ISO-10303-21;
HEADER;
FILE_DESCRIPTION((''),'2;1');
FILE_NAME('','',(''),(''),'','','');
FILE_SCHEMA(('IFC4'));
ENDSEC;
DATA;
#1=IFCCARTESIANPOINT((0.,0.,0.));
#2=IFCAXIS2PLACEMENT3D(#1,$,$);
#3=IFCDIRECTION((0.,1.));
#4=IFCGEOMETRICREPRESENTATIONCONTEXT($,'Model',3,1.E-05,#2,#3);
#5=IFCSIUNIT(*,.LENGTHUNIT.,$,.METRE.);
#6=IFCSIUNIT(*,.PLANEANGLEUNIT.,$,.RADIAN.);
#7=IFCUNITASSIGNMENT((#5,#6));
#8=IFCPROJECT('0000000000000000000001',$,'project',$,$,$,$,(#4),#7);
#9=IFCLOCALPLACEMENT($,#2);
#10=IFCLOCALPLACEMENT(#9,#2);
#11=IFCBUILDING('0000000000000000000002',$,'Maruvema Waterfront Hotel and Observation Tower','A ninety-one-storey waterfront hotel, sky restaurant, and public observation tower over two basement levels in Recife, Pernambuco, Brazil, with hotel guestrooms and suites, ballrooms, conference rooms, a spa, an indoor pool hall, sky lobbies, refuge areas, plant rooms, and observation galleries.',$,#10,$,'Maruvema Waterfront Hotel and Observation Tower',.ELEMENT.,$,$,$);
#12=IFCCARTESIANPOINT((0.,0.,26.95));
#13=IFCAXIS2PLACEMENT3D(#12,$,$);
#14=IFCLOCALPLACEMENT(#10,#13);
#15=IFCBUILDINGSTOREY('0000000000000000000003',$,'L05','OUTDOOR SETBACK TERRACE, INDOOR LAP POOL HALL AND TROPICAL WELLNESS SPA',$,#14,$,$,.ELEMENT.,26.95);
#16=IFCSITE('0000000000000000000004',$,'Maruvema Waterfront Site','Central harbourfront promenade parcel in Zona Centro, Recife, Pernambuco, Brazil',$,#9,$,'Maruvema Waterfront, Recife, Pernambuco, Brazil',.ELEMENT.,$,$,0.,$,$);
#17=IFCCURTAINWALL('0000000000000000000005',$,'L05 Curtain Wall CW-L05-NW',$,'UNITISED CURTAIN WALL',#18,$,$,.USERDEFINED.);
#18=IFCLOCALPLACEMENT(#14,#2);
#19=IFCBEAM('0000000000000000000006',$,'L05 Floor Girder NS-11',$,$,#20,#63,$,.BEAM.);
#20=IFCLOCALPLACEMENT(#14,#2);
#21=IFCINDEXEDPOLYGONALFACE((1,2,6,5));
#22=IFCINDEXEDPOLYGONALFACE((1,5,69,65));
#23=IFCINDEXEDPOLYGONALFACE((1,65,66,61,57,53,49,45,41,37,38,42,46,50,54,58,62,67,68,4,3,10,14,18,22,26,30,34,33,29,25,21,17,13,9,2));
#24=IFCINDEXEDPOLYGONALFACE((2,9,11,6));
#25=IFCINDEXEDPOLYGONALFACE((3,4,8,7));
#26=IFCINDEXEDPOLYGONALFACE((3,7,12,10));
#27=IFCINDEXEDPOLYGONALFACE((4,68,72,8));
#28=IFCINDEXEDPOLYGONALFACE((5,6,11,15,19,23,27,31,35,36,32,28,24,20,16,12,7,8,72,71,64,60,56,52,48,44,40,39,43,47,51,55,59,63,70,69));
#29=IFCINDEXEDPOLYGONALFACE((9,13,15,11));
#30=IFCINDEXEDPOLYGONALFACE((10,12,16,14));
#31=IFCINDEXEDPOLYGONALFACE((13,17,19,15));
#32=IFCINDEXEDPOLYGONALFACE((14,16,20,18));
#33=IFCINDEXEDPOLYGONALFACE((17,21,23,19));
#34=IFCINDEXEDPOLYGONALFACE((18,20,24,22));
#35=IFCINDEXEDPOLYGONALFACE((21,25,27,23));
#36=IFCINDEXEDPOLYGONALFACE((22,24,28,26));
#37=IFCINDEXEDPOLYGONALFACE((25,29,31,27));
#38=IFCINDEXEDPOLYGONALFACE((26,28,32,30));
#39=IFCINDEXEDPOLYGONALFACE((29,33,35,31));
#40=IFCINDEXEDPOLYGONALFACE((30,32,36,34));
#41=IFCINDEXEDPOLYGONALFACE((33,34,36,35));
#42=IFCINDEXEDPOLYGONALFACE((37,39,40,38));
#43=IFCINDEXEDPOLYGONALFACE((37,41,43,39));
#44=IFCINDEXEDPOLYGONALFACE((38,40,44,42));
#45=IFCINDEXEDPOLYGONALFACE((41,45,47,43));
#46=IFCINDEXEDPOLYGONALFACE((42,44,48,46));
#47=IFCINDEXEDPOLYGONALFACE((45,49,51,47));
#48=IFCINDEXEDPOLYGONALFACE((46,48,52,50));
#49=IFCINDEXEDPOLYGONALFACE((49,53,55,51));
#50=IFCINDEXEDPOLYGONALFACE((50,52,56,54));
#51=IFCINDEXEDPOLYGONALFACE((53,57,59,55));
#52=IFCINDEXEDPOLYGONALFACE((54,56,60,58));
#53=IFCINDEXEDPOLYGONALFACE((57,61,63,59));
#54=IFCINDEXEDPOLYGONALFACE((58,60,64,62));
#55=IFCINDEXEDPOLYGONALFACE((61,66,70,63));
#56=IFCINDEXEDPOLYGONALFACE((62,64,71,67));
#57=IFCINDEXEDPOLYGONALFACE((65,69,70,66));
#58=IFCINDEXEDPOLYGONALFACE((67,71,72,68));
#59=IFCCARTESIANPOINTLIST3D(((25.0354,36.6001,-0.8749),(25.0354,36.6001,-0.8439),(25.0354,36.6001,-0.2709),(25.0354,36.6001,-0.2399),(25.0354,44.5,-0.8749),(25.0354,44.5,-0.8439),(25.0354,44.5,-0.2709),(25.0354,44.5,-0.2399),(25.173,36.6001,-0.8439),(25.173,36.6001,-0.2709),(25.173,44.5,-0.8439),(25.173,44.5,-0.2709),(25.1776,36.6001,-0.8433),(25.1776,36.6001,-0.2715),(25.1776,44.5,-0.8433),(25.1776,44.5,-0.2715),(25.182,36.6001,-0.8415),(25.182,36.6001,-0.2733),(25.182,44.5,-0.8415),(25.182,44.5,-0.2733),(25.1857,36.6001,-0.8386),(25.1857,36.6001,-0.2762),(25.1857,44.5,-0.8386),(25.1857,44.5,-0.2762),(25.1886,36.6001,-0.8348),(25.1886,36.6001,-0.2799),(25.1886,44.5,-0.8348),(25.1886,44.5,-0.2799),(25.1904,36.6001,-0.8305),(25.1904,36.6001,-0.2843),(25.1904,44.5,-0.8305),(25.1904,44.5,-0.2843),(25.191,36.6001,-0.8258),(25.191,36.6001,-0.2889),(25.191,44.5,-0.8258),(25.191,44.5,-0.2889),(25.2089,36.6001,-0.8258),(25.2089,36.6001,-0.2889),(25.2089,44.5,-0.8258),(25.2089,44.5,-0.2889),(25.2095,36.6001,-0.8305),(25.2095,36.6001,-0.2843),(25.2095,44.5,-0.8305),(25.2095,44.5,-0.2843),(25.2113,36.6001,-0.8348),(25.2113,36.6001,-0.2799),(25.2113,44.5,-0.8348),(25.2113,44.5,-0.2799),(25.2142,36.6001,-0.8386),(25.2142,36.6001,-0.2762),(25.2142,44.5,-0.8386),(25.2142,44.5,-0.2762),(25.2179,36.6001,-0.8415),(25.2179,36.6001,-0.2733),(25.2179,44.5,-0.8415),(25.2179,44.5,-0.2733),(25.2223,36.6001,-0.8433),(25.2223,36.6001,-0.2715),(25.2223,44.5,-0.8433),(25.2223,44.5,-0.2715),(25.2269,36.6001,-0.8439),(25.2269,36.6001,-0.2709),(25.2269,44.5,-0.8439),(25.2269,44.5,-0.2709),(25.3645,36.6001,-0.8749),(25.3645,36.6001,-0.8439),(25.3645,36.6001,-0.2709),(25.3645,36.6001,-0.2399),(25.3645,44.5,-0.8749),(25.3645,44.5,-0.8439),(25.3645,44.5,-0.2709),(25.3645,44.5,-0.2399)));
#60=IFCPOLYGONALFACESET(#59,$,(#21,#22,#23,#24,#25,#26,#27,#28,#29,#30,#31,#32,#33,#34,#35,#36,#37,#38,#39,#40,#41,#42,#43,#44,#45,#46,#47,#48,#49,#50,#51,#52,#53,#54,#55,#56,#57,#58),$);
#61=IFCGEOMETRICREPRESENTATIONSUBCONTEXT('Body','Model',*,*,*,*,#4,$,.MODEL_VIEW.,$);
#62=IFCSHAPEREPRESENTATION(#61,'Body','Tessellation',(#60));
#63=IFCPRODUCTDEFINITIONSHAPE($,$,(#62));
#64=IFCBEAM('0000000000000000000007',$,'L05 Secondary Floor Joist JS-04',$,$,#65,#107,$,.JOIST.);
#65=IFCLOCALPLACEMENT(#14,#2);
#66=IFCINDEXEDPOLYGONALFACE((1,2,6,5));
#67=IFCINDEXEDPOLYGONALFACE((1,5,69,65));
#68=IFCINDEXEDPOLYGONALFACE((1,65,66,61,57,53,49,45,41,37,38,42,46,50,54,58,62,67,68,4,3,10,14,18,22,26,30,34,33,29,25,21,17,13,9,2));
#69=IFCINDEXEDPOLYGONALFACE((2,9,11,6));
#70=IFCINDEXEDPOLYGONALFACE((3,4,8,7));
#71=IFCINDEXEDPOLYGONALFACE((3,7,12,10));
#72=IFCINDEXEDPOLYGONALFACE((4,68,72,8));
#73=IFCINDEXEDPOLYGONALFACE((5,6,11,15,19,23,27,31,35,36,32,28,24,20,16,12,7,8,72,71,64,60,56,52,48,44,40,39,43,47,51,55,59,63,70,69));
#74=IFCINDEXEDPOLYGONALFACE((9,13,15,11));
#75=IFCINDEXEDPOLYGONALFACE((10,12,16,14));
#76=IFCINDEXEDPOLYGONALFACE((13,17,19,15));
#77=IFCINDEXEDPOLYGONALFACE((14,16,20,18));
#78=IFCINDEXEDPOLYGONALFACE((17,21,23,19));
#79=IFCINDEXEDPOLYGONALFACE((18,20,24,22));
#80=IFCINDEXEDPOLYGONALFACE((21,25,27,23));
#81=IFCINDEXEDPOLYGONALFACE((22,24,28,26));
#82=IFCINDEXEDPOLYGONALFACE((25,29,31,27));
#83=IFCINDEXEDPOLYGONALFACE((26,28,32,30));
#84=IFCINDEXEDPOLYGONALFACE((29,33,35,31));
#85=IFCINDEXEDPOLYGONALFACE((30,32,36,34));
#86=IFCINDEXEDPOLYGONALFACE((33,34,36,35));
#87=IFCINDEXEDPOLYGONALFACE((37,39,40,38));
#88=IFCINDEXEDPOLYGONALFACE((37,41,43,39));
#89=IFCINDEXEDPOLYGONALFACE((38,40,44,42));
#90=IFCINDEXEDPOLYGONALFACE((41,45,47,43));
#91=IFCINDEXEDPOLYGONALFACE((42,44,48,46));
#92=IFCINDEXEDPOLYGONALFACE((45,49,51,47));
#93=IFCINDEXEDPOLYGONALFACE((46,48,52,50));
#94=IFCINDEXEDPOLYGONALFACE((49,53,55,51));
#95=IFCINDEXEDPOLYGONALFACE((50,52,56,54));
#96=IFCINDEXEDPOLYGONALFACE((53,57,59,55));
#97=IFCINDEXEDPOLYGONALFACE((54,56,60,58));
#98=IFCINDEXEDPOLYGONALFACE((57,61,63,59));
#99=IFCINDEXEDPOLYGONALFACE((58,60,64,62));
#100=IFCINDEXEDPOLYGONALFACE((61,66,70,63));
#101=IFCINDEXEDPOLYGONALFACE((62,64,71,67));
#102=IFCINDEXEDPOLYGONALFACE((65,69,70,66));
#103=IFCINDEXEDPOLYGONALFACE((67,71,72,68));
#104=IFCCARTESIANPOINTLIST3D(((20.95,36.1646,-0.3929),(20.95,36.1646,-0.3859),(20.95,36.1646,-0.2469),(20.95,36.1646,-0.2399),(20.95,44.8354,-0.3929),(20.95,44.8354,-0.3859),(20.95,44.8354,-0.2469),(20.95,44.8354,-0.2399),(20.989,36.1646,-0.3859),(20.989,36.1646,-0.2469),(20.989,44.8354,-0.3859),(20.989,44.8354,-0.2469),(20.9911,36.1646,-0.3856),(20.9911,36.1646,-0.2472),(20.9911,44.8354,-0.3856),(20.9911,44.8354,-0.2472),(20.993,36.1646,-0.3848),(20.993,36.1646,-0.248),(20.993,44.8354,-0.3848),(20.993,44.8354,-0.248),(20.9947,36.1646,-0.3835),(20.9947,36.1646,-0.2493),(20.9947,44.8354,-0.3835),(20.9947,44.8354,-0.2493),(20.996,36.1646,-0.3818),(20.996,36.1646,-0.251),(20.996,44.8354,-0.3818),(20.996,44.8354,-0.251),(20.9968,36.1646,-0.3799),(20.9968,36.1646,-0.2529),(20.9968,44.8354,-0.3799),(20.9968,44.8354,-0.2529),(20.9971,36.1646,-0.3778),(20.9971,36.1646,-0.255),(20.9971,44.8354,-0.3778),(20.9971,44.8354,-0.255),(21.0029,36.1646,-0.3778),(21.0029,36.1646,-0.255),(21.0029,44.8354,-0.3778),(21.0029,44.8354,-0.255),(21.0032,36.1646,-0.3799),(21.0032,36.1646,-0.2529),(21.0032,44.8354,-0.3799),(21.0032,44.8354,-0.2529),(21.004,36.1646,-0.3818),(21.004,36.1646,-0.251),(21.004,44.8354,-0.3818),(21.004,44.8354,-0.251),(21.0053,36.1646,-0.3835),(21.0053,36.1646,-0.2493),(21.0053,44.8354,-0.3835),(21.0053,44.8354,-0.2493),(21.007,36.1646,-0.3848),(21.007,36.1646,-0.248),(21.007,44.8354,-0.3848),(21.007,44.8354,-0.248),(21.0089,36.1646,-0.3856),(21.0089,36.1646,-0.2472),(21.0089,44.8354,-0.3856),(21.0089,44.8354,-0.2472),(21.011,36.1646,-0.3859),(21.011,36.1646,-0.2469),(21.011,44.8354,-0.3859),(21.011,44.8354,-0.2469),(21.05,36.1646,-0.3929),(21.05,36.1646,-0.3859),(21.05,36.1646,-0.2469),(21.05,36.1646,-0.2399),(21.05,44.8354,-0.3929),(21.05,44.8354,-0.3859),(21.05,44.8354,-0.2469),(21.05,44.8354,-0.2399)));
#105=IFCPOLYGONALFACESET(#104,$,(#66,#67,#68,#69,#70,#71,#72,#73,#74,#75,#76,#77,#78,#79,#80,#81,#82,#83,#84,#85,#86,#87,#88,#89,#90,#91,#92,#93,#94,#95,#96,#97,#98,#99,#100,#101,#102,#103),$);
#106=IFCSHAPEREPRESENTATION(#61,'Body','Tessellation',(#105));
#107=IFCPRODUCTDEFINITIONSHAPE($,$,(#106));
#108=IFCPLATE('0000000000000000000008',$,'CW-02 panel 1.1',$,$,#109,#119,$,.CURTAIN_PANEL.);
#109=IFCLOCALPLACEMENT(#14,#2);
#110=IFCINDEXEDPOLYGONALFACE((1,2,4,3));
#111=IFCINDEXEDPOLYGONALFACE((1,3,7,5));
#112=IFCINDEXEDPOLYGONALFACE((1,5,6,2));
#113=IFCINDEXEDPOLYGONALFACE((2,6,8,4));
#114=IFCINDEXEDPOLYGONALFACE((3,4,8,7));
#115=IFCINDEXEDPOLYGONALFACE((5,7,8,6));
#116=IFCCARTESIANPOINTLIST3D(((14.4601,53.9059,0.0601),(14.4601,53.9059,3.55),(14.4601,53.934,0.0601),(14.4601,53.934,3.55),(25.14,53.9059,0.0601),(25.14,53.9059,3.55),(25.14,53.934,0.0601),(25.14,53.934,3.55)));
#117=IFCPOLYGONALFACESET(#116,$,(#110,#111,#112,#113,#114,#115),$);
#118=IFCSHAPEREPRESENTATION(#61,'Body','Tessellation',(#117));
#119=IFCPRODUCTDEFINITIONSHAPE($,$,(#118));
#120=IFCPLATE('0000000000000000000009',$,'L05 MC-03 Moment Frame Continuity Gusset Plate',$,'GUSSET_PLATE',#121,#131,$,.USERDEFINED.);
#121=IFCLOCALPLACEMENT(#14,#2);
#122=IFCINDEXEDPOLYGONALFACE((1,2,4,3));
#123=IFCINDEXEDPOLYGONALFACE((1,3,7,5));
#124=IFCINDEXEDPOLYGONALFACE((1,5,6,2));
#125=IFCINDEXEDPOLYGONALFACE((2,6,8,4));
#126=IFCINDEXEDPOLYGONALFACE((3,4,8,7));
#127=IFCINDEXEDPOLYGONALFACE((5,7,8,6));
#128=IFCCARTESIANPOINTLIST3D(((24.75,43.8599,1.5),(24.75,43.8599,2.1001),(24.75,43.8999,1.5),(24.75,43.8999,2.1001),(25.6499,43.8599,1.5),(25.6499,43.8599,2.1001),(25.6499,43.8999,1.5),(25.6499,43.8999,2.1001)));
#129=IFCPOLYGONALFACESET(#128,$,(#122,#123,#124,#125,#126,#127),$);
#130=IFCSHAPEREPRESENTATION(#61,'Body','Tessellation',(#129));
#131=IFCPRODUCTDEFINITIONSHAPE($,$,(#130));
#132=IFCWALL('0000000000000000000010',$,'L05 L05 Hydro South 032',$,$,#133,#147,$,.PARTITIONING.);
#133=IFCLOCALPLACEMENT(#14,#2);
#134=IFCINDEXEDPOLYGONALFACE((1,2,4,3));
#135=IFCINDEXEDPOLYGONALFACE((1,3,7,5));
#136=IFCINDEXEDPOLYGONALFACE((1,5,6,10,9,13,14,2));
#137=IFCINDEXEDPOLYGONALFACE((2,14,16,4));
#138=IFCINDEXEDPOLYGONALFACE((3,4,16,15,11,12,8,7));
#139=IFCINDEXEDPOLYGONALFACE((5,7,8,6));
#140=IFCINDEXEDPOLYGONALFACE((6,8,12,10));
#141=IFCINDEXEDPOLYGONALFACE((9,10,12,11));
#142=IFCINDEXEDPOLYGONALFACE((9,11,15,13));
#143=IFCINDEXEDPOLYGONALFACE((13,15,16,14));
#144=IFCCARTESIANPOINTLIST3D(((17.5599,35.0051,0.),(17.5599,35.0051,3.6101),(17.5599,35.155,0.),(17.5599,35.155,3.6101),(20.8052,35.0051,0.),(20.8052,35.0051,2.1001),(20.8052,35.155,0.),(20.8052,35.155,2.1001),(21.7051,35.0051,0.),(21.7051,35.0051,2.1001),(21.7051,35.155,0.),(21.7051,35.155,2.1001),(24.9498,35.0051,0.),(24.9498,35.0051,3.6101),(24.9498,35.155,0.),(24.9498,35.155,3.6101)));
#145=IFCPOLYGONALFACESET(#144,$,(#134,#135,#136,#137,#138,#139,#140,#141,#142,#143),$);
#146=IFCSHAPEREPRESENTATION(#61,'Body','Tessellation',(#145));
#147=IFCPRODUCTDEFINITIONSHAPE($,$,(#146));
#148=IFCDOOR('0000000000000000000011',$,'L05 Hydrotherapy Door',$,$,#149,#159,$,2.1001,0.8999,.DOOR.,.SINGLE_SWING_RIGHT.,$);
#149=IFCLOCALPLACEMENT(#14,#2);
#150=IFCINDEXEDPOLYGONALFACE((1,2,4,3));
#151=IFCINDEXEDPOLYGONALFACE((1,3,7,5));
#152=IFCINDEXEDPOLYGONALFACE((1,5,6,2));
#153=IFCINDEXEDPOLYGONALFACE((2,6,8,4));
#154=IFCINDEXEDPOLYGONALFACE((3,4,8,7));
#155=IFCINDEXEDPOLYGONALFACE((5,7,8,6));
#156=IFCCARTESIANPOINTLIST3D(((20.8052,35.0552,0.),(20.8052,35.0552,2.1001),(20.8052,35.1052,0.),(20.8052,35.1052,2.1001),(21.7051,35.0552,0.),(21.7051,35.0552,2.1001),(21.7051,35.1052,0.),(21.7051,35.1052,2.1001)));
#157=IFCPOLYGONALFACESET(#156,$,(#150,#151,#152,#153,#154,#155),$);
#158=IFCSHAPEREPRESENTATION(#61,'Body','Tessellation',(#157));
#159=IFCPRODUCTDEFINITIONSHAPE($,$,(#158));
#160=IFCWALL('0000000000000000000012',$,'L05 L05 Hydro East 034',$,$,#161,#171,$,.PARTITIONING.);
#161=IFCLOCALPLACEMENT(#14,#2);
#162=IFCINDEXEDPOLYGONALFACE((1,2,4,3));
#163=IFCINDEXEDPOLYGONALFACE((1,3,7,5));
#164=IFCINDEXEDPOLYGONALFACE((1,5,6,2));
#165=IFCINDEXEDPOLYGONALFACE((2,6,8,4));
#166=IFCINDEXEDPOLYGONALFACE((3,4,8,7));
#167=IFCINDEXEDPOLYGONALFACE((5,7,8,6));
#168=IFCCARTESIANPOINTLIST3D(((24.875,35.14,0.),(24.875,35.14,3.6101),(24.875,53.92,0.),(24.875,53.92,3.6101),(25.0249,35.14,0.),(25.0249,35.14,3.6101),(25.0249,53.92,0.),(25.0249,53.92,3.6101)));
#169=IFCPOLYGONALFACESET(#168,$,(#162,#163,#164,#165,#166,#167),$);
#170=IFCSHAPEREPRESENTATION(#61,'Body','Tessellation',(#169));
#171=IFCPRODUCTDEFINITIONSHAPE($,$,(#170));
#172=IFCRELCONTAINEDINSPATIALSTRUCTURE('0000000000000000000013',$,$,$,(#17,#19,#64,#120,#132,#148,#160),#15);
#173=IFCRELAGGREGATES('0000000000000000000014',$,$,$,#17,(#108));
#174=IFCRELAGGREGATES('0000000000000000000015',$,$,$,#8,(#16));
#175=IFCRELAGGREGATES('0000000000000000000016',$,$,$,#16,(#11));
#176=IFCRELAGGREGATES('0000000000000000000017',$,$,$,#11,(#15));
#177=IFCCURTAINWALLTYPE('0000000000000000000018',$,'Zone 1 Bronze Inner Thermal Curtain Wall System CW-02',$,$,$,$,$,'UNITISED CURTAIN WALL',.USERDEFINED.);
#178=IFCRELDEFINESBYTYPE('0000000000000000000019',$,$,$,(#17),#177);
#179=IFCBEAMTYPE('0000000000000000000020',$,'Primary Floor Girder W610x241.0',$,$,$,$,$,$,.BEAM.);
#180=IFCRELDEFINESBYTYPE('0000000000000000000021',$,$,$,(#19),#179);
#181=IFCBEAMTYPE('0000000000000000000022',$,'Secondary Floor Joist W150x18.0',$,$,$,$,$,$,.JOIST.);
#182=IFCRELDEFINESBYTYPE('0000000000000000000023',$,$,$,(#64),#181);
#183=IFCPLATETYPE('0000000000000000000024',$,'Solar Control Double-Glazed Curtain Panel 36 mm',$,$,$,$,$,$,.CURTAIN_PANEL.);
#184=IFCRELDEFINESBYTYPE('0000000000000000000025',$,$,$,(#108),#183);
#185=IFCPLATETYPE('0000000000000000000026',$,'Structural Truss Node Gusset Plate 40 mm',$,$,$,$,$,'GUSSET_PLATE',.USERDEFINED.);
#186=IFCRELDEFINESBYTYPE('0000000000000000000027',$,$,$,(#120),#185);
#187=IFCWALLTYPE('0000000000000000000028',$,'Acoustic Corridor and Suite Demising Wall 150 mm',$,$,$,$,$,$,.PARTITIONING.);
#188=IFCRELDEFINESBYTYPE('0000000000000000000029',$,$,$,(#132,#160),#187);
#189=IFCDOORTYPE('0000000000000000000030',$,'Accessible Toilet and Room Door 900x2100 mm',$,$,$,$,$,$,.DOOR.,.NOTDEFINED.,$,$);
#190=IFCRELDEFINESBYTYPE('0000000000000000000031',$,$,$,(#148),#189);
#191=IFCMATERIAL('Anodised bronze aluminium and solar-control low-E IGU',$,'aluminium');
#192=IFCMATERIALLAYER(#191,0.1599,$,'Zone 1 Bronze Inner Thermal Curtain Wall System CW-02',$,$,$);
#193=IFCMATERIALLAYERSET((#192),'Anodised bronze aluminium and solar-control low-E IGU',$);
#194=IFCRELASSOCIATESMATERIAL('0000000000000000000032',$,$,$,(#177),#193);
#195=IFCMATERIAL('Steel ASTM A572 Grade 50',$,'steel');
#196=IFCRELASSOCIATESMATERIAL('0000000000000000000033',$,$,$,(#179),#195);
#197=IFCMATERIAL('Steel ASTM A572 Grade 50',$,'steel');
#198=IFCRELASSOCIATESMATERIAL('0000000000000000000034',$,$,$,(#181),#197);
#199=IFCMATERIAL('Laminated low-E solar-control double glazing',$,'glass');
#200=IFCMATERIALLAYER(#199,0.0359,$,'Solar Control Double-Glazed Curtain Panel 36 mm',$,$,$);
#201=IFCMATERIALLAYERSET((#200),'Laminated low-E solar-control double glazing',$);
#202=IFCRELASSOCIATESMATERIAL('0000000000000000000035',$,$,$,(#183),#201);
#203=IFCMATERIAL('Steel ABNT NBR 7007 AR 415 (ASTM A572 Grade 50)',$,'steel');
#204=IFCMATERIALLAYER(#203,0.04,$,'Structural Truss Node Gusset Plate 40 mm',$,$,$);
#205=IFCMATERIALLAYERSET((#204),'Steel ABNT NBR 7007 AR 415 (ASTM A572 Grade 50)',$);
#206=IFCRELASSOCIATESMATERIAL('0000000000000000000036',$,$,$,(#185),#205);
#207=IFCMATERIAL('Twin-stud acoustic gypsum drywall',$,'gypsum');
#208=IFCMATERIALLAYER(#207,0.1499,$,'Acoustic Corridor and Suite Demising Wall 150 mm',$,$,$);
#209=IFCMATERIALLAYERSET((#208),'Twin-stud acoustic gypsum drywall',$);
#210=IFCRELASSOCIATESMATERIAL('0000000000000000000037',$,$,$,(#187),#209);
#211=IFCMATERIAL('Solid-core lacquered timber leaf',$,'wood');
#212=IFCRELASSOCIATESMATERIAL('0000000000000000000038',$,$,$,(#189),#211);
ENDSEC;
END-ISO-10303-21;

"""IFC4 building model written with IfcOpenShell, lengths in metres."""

from ifc_helpers import new_model, si_unit, direction, frame, frame_2d, origin, origin_2d, place, context, subcontext, project, spatial, rectangle, i_section, extrude, material, layer, layer_set, material_profile, profile_set, type_object, element, fill, aggregate, save


model = new_model("IFC4")

# Units and contexts
model_context = context("Model", 3, precision=1e-05, world=origin(), true_north=direction((0.0, 1.0)))
body_context = subcontext(model_context, "Body", "Model", "MODEL_VIEW")
ifc_project = project(units=[si_unit("LENGTHUNIT", "METRE"), si_unit("PLANEANGLEUNIT", "RADIAN")], contexts=[model_context])

# Site, building, storey
site_placement = place(None, origin())
site = spatial("IfcSite", under=ifc_project, at=site_placement, Name="Maruvema Waterfront Site", Description="Central harbourfront promenade parcel in Zona Centro, Recife, Pernambuco, Brazil", LongName="Maruvema Waterfront, Recife, Pernambuco, Brazil", CompositionType="ELEMENT", RefElevation=0.0)
building_placement = place(site_placement, origin())
building = spatial("IfcBuilding", under=site, at=building_placement, Name="Maruvema Waterfront Hotel and Observation Tower", Description="A ninety-one-storey waterfront hotel, sky restaurant, and public observation tower over two basement levels in Recife, Pernambuco, Brazil, with hotel guestrooms and suites, ballrooms, conference rooms, a spa, an indoor pool hall, sky lobbies, refuge areas, plant rooms, and observation galleries.", LongName="Maruvema Waterfront Hotel and Observation Tower", CompositionType="ELEMENT")
storey_placement = place(building_placement, frame((0.0, 0.0, 26.95)))
storey = spatial("IfcBuildingStorey", under=building, at=storey_placement, Name="L05", Description="OUTDOOR SETBACK TERRACE, INDOOR LAP POOL HALL AND TROPICAL WELLNESS SPA", CompositionType="ELEMENT", Elevation=26.95)

# Curtain wall
ifc_material_1 = material(Name="Anodised bronze aluminium and solar-control low-E IGU", Category="aluminium")
ifc_layer_1 = layer(ifc_material_1, 0.1599, Name="Zone 1 Bronze Inner Thermal Curtain Wall System CW-02")
ifc_layer_set_1 = layer_set([ifc_layer_1], Name="Anodised bronze aluminium and solar-control low-E IGU")
curtain_wall_type = type_object("IfcCurtainWallType", Name="Zone 1 Bronze Inner Thermal Curtain Wall System CW-02", ElementType="UNITISED CURTAIN WALL", PredefinedType="USERDEFINED", material=ifc_layer_set_1)
curtain_wall_placement = place(storey_placement, origin())
curtain_wall = element("IfcCurtainWall", 1, at=curtain_wall_placement, inside=storey, type_object=curtain_wall_type, Name="L05 Curtain Wall CW-L05-NW", ObjectType="UNITISED CURTAIN WALL", PredefinedType="USERDEFINED")

# Beams
ifc_material_2 = material(Name="Steel ASTM A572 Grade 50", Category="steel")
ifc_material_profile_1 = material_profile(ifc_material_2, i_section(OverallWidth=0.3291, OverallDepth=0.635, WebThickness=0.0178, FlangeThickness=0.031, FilletRadius=0.0181, at=origin_2d()), Name="W610x241.0")
ifc_profile_set_1 = profile_set([ifc_material_profile_1], Name="Steel ASTM A572 Grade 50")
beam_type_1 = type_object("IfcBeamType", Name="Primary Floor Girder W610x241.0", PredefinedType="BEAM", material=ifc_profile_set_1)
beam_1_placement = place(storey_placement, frame((25.2, 36.6001, -0.5574), z_axis=(0.0, 1.0, 0.0), x_axis=(-1.0, 0.0, 0.0)))
element("IfcBeam", 2, at=beam_1_placement, inside=storey, type_object=beam_type_1, Name="L05 Floor Girder NS-11", PredefinedType="BEAM", context=body_context, shape_type="SweptSolid", body=[
    extrude(i_section(OverallWidth=0.3291, OverallDepth=0.635, WebThickness=0.0178, FlangeThickness=0.031, FilletRadius=0.0181, at=origin_2d()), origin(), (0.0, 0.0, 1.0), 7.8999),
])
ifc_material_3 = material(Name="Steel ASTM A572 Grade 50", Category="steel")
ifc_material_profile_2 = material_profile(ifc_material_3, i_section(OverallWidth=0.1001, OverallDepth=0.1531, WebThickness=0.0059, FlangeThickness=0.0071, FilletRadius=0.0081, at=origin_2d()), Name="W150x18.0")
ifc_profile_set_2 = profile_set([ifc_material_profile_2], Name="Steel ASTM A572 Grade 50")
beam_type_2 = type_object("IfcBeamType", Name="Secondary Floor Joist W150x18.0", PredefinedType="JOIST", material=ifc_profile_set_2)
beam_2_placement = place(storey_placement, frame((21.0, 36.1646, -0.3164), z_axis=(0.0, 1.0, 0.0), x_axis=(-1.0, 0.0, 0.0)))
element("IfcBeam", 3, at=beam_2_placement, inside=storey, type_object=beam_type_2, Name="L05 Secondary Floor Joist JS-04", PredefinedType="JOIST", context=body_context, shape_type="SweptSolid", body=[
    extrude(i_section(OverallWidth=0.1001, OverallDepth=0.1531, WebThickness=0.0059, FlangeThickness=0.0071, FilletRadius=0.0081, at=origin_2d()), origin(), (0.0, 0.0, 1.0), 8.6709),
])

# Plates
ifc_material_4 = material(Name="Laminated low-E solar-control double glazing", Category="glass")
ifc_layer_2 = layer(ifc_material_4, 0.0359, Name="Solar Control Double-Glazed Curtain Panel 36 mm")
ifc_layer_set_2 = layer_set([ifc_layer_2], Name="Laminated low-E solar-control double glazing")
plate_type_1 = type_object("IfcPlateType", Name="Solar Control Double-Glazed Curtain Panel 36 mm", PredefinedType="CURTAIN_PANEL", material=ifc_layer_set_2)
plate_1_placement = place(storey_placement, frame((19.8, 53.9199, 0.0601), z_axis=(0.0, 0.0, 1.0), x_axis=(-1.0, 0.0, 0.0)))
plate_1 = element("IfcPlate", 4, at=plate_1_placement, type_object=plate_type_1, Name="CW-02 panel 1.1", PredefinedType="CURTAIN_PANEL", context=body_context, shape_type="SweptSolid", body=[
    extrude(rectangle(XDim=10.6799, YDim=0.0281, at=origin_2d()), origin(), (0.0, 0.0, 1.0), 3.49),
])
aggregate(curtain_wall, [plate_1])
ifc_material_5 = material(Name="Steel ABNT NBR 7007 AR 415 (ASTM A572 Grade 50)", Category="steel")
ifc_layer_3 = layer(ifc_material_5, 0.04, Name="Structural Truss Node Gusset Plate 40 mm")
ifc_layer_set_3 = layer_set([ifc_layer_3], Name="Steel ABNT NBR 7007 AR 415 (ASTM A572 Grade 50)")
plate_type_2 = type_object("IfcPlateType", Name="Structural Truss Node Gusset Plate 40 mm", ElementType="GUSSET_PLATE", PredefinedType="USERDEFINED", material=ifc_layer_set_3)
plate_2_placement = place(storey_placement, frame((25.2, 43.8799, 1.5), z_axis=(0.0, 0.0, 1.0), x_axis=(1.0, 0.0, 0.0)))
element("IfcPlate", 5, at=plate_2_placement, inside=storey, type_object=plate_type_2, Name="L05 MC-03 Moment Frame Continuity Gusset Plate", ObjectType="GUSSET_PLATE", PredefinedType="USERDEFINED", context=body_context, shape_type="SweptSolid", body=[
    extrude(rectangle(XDim=0.8999, YDim=0.04, at=origin_2d()), origin(), (0.0, 0.0, 1.0), 0.6001),
])

# Wall, opening, door
ifc_material_6 = material(Name="Twin-stud acoustic gypsum drywall", Category="gypsum")
ifc_layer_4 = layer(ifc_material_6, 0.1499, Name="Acoustic Corridor and Suite Demising Wall 150 mm")
ifc_layer_set_4 = layer_set([ifc_layer_4], Name="Twin-stud acoustic gypsum drywall")
wall_type_1 = type_object("IfcWallType", Name="Acoustic Corridor and Suite Demising Wall 150 mm", PredefinedType="PARTITIONING", material=ifc_layer_set_4)
wall_1_placement = place(storey_placement, frame((17.5601, 35.0801, 0.0), z_axis=(0.0, 0.0, 1.0), x_axis=(1.0, 0.0, 0.0)))
wall_1 = element("IfcWall", 6, at=wall_1_placement, inside=storey, type_object=wall_type_1, Name="L05 L05 Hydro South 032", PredefinedType="PARTITIONING", context=body_context, shape_type="SweptSolid", body=[
    extrude(rectangle(XDim=7.3899, YDim=0.1499, at=frame_2d((3.6948, 0.0))), origin(), (0.0, 0.0, 1.0), 3.6101),
])
opening_1_placement = place(wall_1_placement, frame((3.2451, 0.0, 0.0)))
opening_1 = element("IfcOpeningElement", 7, at=opening_1_placement, cuts=wall_1, PredefinedType="OPENING", context=body_context, shape_type="SweptSolid", body=[
    extrude(rectangle(XDim=0.8999, YDim=2.1001, at=frame_2d((0.45, 1.05))), frame((0.0, 0.085, 0.0), z_axis=(0.0, -1.0, 0.0), x_axis=(1.0, 0.0, 0.0)), (0.0, 0.0, 1.0), 0.1699),
])
ifc_material_7 = material(Name="Solid-core lacquered timber leaf", Category="wood")
door_type_1 = type_object("IfcDoorType", Name="Accessible Toilet and Room Door 900x2100 mm", OperationType="NOTDEFINED", PredefinedType="DOOR", material=ifc_material_7)
door_1_placement = place(opening_1_placement, frame((0.8999, 0.0, 0.0), z_axis=(0.0, 0.0, 1.0), x_axis=(-1.0, 0.0, 0.0)))
door_1 = element("IfcDoor", 8, at=door_1_placement, inside=storey, type_object=door_type_1, Name="L05 Hydrotherapy Door", OperationType="SINGLE_SWING_RIGHT", OverallHeight=2.1001, OverallWidth=0.8999, PredefinedType="DOOR", context=body_context, shape_type="SweptSolid", body=[
    extrude(rectangle(XDim=0.8999, YDim=2.1001, at=frame_2d((0.45, 1.05))), frame((0.0, 0.0249, 0.0), z_axis=(0.0, -1.0, 0.0), x_axis=(1.0, 0.0, 0.0)), (0.0, 0.0, 1.0), 0.05),
])
fill(opening_1, door_1)

# Wall
wall_2_placement = place(storey_placement, frame((24.95, 35.1399, 0.0), z_axis=(0.0, 0.0, 1.0), x_axis=(0.0, 1.0, 0.0)))
element("IfcWall", 9, at=wall_2_placement, inside=storey, type_object=wall_type_1, Name="L05 L05 Hydro East 034", PredefinedType="PARTITIONING", context=body_context, shape_type="SweptSolid", body=[
    extrude(rectangle(XDim=18.78, YDim=0.1499, at=frame_2d((9.3901, 0.0))), origin(), (0.0, 0.0, 1.0), 3.6101),
])

save(model, "model.ifc")
